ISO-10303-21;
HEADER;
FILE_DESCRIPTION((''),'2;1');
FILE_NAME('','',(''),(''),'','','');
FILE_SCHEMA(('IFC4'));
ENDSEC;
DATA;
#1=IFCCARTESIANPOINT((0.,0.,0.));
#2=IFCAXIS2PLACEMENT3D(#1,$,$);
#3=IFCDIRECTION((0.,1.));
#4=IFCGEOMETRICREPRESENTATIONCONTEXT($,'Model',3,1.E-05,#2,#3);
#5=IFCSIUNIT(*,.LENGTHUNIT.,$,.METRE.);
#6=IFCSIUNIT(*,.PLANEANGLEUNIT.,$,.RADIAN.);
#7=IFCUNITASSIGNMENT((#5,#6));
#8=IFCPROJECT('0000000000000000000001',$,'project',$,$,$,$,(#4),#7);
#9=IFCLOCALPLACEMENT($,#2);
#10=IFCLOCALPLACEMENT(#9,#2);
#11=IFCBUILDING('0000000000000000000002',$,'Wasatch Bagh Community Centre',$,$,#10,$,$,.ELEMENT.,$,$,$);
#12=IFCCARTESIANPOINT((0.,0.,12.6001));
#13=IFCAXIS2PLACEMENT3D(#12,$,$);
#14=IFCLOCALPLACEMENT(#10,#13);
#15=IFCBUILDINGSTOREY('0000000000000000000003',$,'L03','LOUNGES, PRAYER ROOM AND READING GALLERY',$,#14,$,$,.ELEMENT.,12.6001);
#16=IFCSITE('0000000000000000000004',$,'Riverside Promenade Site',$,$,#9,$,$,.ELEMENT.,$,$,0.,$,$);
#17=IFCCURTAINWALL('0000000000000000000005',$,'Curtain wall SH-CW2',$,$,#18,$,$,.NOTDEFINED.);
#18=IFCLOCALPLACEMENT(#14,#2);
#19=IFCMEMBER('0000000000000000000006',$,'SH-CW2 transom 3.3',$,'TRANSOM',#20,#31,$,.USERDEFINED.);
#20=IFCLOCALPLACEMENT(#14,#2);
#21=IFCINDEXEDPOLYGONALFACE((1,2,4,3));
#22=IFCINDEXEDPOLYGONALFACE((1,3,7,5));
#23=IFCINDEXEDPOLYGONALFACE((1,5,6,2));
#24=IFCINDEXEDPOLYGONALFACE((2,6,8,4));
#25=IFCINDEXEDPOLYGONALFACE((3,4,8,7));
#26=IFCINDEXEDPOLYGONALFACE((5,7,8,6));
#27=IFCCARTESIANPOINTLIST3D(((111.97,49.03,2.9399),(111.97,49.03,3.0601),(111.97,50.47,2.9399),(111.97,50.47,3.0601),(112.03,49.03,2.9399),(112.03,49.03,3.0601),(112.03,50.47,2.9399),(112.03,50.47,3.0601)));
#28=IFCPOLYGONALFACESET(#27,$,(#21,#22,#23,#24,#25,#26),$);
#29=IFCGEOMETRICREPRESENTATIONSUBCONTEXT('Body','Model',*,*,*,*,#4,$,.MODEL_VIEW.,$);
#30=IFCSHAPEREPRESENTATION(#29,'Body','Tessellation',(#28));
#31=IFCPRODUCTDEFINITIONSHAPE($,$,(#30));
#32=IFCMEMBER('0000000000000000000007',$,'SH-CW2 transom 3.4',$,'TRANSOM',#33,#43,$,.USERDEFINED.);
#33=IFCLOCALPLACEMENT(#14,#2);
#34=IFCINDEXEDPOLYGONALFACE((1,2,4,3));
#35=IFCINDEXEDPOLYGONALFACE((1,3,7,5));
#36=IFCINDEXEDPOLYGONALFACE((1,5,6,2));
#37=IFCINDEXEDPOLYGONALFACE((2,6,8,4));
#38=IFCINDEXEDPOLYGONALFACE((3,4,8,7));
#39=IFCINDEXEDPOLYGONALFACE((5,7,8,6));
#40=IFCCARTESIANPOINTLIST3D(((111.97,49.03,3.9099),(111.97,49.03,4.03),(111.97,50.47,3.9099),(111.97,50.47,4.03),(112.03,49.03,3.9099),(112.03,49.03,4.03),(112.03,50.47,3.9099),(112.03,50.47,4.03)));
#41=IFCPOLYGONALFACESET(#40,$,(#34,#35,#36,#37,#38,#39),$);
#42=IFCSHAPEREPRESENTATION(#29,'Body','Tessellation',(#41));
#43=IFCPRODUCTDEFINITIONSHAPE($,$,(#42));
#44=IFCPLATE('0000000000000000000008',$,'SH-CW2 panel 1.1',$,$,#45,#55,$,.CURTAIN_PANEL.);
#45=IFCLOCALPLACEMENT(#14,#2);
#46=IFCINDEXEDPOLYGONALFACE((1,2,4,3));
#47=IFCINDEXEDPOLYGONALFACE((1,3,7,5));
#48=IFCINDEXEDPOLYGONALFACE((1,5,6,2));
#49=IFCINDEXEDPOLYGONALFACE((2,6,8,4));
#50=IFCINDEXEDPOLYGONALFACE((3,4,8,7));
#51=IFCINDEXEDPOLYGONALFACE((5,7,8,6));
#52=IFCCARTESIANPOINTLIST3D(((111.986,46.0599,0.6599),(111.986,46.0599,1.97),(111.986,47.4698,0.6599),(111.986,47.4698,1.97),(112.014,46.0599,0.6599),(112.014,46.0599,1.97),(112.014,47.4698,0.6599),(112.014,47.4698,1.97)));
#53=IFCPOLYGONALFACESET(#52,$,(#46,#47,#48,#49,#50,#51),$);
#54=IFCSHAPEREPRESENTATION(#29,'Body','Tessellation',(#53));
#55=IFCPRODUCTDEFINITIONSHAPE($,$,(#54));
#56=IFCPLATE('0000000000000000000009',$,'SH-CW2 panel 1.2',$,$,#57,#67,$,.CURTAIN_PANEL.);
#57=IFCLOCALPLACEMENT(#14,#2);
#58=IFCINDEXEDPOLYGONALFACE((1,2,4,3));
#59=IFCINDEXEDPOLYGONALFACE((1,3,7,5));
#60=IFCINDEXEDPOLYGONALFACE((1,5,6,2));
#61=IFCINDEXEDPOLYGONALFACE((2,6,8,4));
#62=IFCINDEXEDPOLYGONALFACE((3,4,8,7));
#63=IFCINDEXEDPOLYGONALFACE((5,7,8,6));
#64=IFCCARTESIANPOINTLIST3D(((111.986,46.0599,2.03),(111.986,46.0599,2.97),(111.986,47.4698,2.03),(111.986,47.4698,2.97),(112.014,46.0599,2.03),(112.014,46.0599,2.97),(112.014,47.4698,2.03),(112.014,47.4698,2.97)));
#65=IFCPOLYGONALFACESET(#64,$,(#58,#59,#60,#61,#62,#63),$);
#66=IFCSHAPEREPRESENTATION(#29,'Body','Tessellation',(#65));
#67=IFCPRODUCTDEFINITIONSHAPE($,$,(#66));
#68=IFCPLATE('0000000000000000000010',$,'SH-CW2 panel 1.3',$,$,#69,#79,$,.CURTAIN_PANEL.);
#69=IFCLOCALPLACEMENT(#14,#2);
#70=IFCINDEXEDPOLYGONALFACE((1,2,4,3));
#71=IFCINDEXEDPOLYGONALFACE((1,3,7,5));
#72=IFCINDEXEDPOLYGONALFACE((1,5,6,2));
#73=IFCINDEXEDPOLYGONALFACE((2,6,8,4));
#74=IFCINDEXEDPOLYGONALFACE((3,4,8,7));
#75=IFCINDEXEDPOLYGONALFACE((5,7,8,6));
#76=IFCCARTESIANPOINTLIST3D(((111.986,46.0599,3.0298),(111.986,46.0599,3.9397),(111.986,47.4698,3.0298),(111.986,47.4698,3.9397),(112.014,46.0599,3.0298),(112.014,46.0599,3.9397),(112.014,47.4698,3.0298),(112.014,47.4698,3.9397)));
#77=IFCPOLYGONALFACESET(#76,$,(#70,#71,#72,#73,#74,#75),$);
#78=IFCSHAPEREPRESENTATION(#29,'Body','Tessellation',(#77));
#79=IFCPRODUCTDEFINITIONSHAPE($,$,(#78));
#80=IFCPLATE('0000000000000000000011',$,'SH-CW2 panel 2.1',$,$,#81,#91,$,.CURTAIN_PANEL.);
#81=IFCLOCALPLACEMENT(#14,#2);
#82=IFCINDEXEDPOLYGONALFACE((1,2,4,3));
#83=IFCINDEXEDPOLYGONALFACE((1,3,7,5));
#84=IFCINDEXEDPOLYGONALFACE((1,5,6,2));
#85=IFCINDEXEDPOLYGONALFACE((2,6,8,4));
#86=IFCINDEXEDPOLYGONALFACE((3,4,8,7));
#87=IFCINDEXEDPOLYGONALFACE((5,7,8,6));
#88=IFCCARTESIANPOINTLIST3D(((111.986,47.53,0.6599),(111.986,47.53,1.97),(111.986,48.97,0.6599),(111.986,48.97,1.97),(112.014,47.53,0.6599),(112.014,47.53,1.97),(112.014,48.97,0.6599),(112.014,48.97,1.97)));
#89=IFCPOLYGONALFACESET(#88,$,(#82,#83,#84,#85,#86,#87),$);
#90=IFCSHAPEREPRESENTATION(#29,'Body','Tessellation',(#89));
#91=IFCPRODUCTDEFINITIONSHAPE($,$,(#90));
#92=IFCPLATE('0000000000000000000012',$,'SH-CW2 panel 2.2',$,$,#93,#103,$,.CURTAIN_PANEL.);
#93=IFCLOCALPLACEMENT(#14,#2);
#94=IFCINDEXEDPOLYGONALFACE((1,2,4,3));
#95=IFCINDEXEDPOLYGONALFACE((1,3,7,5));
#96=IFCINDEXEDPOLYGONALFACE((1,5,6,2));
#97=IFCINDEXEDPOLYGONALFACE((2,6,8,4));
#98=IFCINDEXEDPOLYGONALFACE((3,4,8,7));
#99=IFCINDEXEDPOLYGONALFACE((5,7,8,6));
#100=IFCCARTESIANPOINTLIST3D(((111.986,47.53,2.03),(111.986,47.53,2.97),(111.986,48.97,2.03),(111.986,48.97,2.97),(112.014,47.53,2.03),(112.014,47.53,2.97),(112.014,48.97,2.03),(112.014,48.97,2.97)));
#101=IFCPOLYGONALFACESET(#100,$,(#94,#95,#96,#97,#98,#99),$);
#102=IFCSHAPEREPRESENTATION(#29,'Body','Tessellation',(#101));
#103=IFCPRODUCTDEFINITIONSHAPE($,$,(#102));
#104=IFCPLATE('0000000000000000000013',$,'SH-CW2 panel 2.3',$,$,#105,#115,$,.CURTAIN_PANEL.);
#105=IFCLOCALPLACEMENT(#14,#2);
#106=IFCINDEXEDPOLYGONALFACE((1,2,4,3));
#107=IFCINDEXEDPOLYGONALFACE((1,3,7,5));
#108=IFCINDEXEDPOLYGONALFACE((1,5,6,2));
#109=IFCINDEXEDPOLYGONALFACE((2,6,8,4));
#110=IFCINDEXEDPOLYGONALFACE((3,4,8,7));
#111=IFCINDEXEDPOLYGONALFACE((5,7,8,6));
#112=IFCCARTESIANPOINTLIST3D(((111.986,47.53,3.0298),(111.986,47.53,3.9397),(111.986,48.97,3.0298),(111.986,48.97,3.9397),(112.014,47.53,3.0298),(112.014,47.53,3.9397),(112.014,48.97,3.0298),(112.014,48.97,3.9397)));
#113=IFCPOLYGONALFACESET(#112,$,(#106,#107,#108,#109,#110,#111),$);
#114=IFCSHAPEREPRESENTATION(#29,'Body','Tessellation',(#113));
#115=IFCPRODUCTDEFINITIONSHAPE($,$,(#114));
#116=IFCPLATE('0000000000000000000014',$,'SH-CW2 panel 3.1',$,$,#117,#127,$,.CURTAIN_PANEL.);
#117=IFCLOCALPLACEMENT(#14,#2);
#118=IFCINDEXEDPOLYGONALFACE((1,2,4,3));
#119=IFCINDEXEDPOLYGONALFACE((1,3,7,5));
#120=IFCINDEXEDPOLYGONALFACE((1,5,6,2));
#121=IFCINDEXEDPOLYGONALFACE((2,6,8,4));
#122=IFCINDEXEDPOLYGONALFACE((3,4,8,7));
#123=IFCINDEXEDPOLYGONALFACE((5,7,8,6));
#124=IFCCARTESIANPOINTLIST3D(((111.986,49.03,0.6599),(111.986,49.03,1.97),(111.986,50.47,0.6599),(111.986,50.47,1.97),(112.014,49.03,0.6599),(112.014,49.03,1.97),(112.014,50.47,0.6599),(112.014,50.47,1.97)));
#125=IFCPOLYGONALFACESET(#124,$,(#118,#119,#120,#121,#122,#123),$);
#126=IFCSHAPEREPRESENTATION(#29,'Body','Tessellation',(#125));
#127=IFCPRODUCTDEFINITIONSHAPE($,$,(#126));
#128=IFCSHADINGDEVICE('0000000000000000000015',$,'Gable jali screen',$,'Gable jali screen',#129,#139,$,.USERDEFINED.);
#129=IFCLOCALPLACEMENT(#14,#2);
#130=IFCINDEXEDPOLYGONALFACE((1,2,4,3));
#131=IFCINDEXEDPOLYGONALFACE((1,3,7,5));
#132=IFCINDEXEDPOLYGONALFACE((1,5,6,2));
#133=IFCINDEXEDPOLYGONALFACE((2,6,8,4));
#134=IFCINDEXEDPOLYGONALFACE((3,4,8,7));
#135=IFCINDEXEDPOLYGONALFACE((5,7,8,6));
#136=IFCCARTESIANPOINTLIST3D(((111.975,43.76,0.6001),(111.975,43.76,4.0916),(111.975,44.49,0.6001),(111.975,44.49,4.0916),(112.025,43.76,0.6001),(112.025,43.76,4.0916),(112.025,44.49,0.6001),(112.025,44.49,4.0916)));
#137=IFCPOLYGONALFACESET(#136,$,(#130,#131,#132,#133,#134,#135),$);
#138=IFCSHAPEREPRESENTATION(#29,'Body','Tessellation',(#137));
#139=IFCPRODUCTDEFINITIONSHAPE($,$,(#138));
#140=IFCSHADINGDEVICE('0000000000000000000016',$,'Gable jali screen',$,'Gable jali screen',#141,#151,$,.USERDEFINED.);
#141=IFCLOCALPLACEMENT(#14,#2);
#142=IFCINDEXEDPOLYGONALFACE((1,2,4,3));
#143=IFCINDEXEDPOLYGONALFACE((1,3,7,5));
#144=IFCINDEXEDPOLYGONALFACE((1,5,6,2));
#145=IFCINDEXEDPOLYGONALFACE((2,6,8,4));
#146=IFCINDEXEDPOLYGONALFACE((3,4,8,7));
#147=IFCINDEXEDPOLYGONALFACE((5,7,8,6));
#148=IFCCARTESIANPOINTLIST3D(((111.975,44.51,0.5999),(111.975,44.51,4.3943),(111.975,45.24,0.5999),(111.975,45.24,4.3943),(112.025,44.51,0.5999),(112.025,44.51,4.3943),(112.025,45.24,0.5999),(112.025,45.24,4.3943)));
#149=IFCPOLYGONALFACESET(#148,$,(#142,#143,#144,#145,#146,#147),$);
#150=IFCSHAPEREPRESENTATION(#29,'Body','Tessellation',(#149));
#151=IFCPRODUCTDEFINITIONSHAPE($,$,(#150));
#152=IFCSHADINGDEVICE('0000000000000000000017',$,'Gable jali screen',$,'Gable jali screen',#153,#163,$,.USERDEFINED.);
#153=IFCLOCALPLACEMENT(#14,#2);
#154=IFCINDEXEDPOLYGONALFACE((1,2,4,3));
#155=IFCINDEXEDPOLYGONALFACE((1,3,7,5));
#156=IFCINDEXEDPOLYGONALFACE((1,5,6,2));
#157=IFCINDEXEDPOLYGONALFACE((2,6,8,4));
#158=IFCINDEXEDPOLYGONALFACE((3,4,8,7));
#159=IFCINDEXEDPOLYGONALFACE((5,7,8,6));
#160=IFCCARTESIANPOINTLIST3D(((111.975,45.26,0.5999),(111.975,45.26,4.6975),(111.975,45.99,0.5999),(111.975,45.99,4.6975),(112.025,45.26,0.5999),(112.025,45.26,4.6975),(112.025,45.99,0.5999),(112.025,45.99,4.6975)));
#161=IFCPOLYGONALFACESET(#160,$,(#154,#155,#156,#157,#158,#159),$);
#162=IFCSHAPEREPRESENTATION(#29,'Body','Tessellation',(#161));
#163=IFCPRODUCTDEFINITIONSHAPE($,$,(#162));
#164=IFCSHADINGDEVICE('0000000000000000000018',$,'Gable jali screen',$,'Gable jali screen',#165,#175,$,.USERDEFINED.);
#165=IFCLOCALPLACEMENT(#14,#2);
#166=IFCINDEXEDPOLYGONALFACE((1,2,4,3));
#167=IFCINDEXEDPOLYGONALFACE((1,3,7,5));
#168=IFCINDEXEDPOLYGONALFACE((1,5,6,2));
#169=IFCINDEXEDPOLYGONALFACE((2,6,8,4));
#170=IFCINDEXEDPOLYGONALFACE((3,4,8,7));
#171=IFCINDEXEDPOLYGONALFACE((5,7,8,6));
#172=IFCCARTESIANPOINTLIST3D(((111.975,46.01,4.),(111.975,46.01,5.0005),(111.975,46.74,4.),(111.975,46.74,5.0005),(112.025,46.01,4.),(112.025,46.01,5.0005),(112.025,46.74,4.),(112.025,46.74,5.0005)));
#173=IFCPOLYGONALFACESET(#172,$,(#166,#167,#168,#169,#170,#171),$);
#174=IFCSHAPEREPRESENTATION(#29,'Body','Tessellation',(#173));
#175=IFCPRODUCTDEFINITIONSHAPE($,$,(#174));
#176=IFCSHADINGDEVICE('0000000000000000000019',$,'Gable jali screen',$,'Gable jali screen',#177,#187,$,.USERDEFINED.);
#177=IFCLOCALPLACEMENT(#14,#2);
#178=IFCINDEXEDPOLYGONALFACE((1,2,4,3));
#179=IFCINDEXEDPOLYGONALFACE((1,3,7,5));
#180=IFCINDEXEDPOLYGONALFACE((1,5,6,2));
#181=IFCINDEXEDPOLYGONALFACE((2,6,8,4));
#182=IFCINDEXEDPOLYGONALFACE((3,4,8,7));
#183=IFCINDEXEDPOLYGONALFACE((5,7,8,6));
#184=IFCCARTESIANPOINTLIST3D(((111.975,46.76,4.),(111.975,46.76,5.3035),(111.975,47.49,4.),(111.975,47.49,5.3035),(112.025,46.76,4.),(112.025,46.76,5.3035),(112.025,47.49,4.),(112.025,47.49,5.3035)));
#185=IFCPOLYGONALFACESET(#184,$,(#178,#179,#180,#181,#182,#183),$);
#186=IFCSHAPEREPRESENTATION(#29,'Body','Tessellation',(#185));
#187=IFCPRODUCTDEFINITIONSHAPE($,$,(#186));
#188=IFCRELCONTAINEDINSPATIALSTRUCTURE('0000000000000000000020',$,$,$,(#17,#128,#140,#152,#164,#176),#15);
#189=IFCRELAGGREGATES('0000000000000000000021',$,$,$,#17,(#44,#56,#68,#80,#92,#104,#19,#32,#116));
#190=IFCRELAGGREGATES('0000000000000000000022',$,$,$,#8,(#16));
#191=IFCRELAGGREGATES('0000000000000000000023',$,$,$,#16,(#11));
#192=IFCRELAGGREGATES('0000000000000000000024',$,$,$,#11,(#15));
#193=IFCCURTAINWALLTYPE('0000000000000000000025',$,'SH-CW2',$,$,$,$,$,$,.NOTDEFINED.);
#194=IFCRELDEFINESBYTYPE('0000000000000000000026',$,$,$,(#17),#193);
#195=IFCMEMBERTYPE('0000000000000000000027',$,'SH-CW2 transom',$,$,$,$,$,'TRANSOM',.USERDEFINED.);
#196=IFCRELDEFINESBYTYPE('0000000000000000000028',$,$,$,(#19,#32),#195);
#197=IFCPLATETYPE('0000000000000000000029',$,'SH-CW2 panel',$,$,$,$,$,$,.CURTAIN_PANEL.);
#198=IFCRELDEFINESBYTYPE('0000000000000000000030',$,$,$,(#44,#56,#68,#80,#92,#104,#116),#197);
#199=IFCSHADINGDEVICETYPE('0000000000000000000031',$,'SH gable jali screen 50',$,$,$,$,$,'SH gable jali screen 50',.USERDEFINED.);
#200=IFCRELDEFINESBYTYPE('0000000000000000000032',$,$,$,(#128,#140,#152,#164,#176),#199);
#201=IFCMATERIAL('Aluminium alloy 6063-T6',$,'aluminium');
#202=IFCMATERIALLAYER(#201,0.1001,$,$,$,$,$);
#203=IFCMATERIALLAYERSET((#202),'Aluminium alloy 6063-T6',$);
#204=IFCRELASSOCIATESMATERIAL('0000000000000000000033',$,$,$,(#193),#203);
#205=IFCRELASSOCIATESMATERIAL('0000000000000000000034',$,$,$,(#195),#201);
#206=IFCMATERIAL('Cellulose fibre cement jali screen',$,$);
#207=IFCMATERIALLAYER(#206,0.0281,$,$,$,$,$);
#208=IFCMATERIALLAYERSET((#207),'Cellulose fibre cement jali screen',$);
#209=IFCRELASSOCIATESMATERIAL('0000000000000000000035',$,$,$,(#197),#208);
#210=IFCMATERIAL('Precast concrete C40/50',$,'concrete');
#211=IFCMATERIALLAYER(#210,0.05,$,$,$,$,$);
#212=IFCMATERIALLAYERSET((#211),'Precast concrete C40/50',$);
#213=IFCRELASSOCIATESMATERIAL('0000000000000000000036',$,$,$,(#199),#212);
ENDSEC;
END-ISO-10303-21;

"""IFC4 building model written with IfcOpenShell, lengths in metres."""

from ifc_helpers import new_model, si_unit, direction, frame, origin, origin_2d, place, context, subcontext, project, spatial, rectangle, extrude, material, layer, layer_set, material_profile, profile_set, type_object, element, aggregate, save


model = new_model("IFC4")

# Units and contexts
model_context = context("Model", 3, precision=1e-05, world=origin(), true_north=direction((0.0, 1.0)))
body_context = subcontext(model_context, "Body", "Model", "MODEL_VIEW")
ifc_project = project(units=[si_unit("LENGTHUNIT", "METRE"), si_unit("PLANEANGLEUNIT", "RADIAN")], contexts=[model_context])

# Site, building, storey
site_placement = place(None, origin())
site = spatial("IfcSite", under=ifc_project, at=site_placement, Name="Riverside Promenade Site", CompositionType="ELEMENT", RefElevation=0.0)
building_placement = place(site_placement, origin())
building = spatial("IfcBuilding", under=site, at=building_placement, Name="Wasatch Bagh Community Centre", CompositionType="ELEMENT")
storey_placement = place(building_placement, frame((0.0, 0.0, 12.6001)))
storey = spatial("IfcBuildingStorey", under=building, at=storey_placement, Name="L03", Description="LOUNGES, PRAYER ROOM AND READING GALLERY", CompositionType="ELEMENT", Elevation=12.6001)

# Curtain wall, members, plates
ifc_material_1 = material(Name="Aluminium alloy 6063-T6", Category="aluminium")
ifc_layer_1 = layer(ifc_material_1, 0.1001)
ifc_layer_set_1 = layer_set([ifc_layer_1], Name="Aluminium alloy 6063-T6")
curtain_wall_type = type_object("IfcCurtainWallType", Name="SH-CW2", PredefinedType="NOTDEFINED", material=ifc_layer_set_1)
curtain_wall_placement = place(storey_placement, origin())
curtain_wall = element("IfcCurtainWall", 1, at=curtain_wall_placement, inside=storey, type_object=curtain_wall_type, Name="Curtain wall SH-CW2", PredefinedType="NOTDEFINED")
ifc_material_profile_1 = material_profile(ifc_material_1, rectangle(XDim=0.0601, YDim=0.1201, at=origin_2d()), Name="AL 60x120")
ifc_profile_set_1 = profile_set([ifc_material_profile_1], Name="Aluminium alloy 6063-T6")
member_type_1 = type_object("IfcMemberType", Name="SH-CW2 transom", ElementType="TRANSOM", PredefinedType="USERDEFINED", material=ifc_profile_set_1)
member_1_placement = place(storey_placement, frame((112.0, 49.03, 3.0), z_axis=(0.0, 1.0, 0.0), x_axis=(-1.0, 0.0, 0.0)))
member_1 = element("IfcMember", 2, at=member_1_placement, type_object=member_type_1, Name="SH-CW2 transom 3.3", ObjectType="TRANSOM", PredefinedType="USERDEFINED", context=body_context, shape_type="SweptSolid", body=[
    extrude(rectangle(XDim=0.0601, YDim=0.1201, at=origin_2d()), origin(), (0.0, 0.0, 1.0), 1.4399),
])
member_2_placement = place(storey_placement, frame((112.0, 49.03, 3.97), z_axis=(0.0, 1.0, 0.0), x_axis=(-1.0, 0.0, 0.0)))
member_2 = element("IfcMember", 3, at=member_2_placement, type_object=member_type_1, Name="SH-CW2 transom 3.4", ObjectType="TRANSOM", PredefinedType="USERDEFINED", context=body_context, shape_type="SweptSolid", body=[
    extrude(rectangle(XDim=0.0601, YDim=0.1201, at=origin_2d()), origin(), (0.0, 0.0, 1.0), 1.4399),
])
ifc_material_2 = material(Name="Cellulose fibre cement jali screen")
ifc_layer_2 = layer(ifc_material_2, 0.0281)
ifc_layer_set_2 = layer_set([ifc_layer_2], Name="Cellulose fibre cement jali screen")
plate_type = type_object("IfcPlateType", Name="SH-CW2 panel", PredefinedType="CURTAIN_PANEL", material=ifc_layer_set_2)
plate_1_placement = place(storey_placement, frame((112.0, 46.7649, 0.6599), z_axis=(0.0, 0.0, 1.0), x_axis=(0.0, 1.0, 0.0)))
plate_1 = element("IfcPlate", 4, at=plate_1_placement, type_object=plate_type, Name="SH-CW2 panel 1.1", PredefinedType="CURTAIN_PANEL", context=body_context, shape_type="SweptSolid", body=[
    extrude(rectangle(XDim=1.4099, YDim=0.0281, at=origin_2d()), origin(), (0.0, 0.0, 1.0), 1.3101),
])
plate_2_placement = place(storey_placement, frame((112.0, 46.7649, 2.03), z_axis=(0.0, 0.0, 1.0), x_axis=(0.0, 1.0, 0.0)))
plate_2 = element("IfcPlate", 5, at=plate_2_placement, type_object=plate_type, Name="SH-CW2 panel 1.2", PredefinedType="CURTAIN_PANEL", context=body_context, shape_type="SweptSolid", body=[
    extrude(rectangle(XDim=1.4099, YDim=0.0281, at=origin_2d()), origin(), (0.0, 0.0, 1.0), 0.9399),
])
plate_3_placement = place(storey_placement, frame((112.0, 46.7649, 3.0298), z_axis=(0.0, 0.0, 1.0), x_axis=(0.0, 1.0, 0.0)))
plate_3 = element("IfcPlate", 6, at=plate_3_placement, type_object=plate_type, Name="SH-CW2 panel 1.3", PredefinedType="CURTAIN_PANEL", context=body_context, shape_type="SweptSolid", body=[
    extrude(rectangle(XDim=1.4099, YDim=0.0281, at=origin_2d()), origin(), (0.0, 0.0, 1.0), 0.9099),
])
plate_4_placement = place(storey_placement, frame((112.0, 48.25, 0.6599), z_axis=(0.0, 0.0, 1.0), x_axis=(0.0, 1.0, 0.0)))
plate_4 = element("IfcPlate", 7, at=plate_4_placement, type_object=plate_type, Name="SH-CW2 panel 2.1", PredefinedType="CURTAIN_PANEL", context=body_context, shape_type="SweptSolid", body=[
    extrude(rectangle(XDim=1.4399, YDim=0.0281, at=origin_2d()), origin(), (0.0, 0.0, 1.0), 1.3101),
])
plate_5_placement = place(storey_placement, frame((112.0, 48.25, 2.03), z_axis=(0.0, 0.0, 1.0), x_axis=(0.0, 1.0, 0.0)))
plate_5 = element("IfcPlate", 8, at=plate_5_placement, type_object=plate_type, Name="SH-CW2 panel 2.2", PredefinedType="CURTAIN_PANEL", context=body_context, shape_type="SweptSolid", body=[
    extrude(rectangle(XDim=1.4399, YDim=0.0281, at=origin_2d()), origin(), (0.0, 0.0, 1.0), 0.9399),
])
plate_6_placement = place(storey_placement, frame((112.0, 48.25, 3.0298), z_axis=(0.0, 0.0, 1.0), x_axis=(0.0, 1.0, 0.0)))
plate_6 = element("IfcPlate", 9, at=plate_6_placement, type_object=plate_type, Name="SH-CW2 panel 2.3", PredefinedType="CURTAIN_PANEL", context=body_context, shape_type="SweptSolid", body=[
    extrude(rectangle(XDim=1.4399, YDim=0.0281, at=origin_2d()), origin(), (0.0, 0.0, 1.0), 0.9099),
])
plate_7_placement = place(storey_placement, frame((112.0, 49.75, 0.6599), z_axis=(0.0, 0.0, 1.0), x_axis=(0.0, 1.0, 0.0)))
plate_7 = element("IfcPlate", 10, at=plate_7_placement, type_object=plate_type, Name="SH-CW2 panel 3.1", PredefinedType="CURTAIN_PANEL", context=body_context, shape_type="SweptSolid", body=[
    extrude(rectangle(XDim=1.4399, YDim=0.0281, at=origin_2d()), origin(), (0.0, 0.0, 1.0), 1.3101),
])
aggregate(curtain_wall, [plate_1, plate_2, plate_3, plate_4, plate_5, plate_6, member_1, member_2, plate_7])

# Shading devices
ifc_material_3 = material(Name="Precast concrete C40/50", Category="concrete")
ifc_layer_3 = layer(ifc_material_3, 0.05)
ifc_layer_set_3 = layer_set([ifc_layer_3], Name="Precast concrete C40/50")
shading_device_type = type_object("IfcShadingDeviceType", Name="SH gable jali screen 50", ElementType="SH gable jali screen 50", PredefinedType="USERDEFINED", material=ifc_layer_set_3)
shading_device_1_placement = place(storey_placement, frame((112.0, 44.125, 0.6001), z_axis=(0.0, 0.0, 1.0), x_axis=(1.0, 0.0, 0.0)))
element("IfcShadingDevice", 11, at=shading_device_1_placement, inside=storey, type_object=shading_device_type, Name="Gable jali screen", ObjectType="Gable jali screen", PredefinedType="USERDEFINED", context=body_context, shape_type="SweptSolid", body=[
    extrude(rectangle(XDim=0.05, YDim=0.73, at=origin_2d()), origin(), (0.0, 0.0, 1.0), 3.4915),
])
shading_device_2_placement = place(storey_placement, frame((112.0, 44.875, 0.5999), z_axis=(0.0, 0.0, 1.0), x_axis=(1.0, 0.0, 0.0)))
element("IfcShadingDevice", 12, at=shading_device_2_placement, inside=storey, type_object=shading_device_type, Name="Gable jali screen", ObjectType="Gable jali screen", PredefinedType="USERDEFINED", context=body_context, shape_type="SweptSolid", body=[
    extrude(rectangle(XDim=0.05, YDim=0.73, at=origin_2d()), origin(), (0.0, 0.0, 1.0), 3.7944),
])
shading_device_3_placement = place(storey_placement, frame((112.0, 45.625, 0.5999), z_axis=(0.0, 0.0, 1.0), x_axis=(1.0, 0.0, 0.0)))
element("IfcShadingDevice", 13, at=shading_device_3_placement, inside=storey, type_object=shading_device_type, Name="Gable jali screen", ObjectType="Gable jali screen", PredefinedType="USERDEFINED", context=body_context, shape_type="SweptSolid", body=[
    extrude(rectangle(XDim=0.05, YDim=0.73, at=origin_2d()), origin(), (0.0, 0.0, 1.0), 4.0977),
])
shading_device_4_placement = place(storey_placement, frame((112.0, 46.375, 4.0), z_axis=(0.0, 0.0, 1.0), x_axis=(1.0, 0.0, 0.0)))
element("IfcShadingDevice", 14, at=shading_device_4_placement, inside=storey, type_object=shading_device_type, Name="Gable jali screen", ObjectType="Gable jali screen", PredefinedType="USERDEFINED", context=body_context, shape_type="SweptSolid", body=[
    extrude(rectangle(XDim=0.05, YDim=0.73, at=origin_2d()), origin(), (0.0, 0.0, 1.0), 1.0005),
])
shading_device_5_placement = place(storey_placement, frame((112.0, 47.125, 4.0), z_axis=(0.0, 0.0, 1.0), x_axis=(1.0, 0.0, 0.0)))
element("IfcShadingDevice", 15, at=shading_device_5_placement, inside=storey, type_object=shading_device_type, Name="Gable jali screen", ObjectType="Gable jali screen", PredefinedType="USERDEFINED", context=body_context, shape_type="SweptSolid", body=[
    extrude(rectangle(XDim=0.05, YDim=0.73, at=origin_2d()), origin(), (0.0, 0.0, 1.0), 1.3035),
])

save(model, "model.ifc")
